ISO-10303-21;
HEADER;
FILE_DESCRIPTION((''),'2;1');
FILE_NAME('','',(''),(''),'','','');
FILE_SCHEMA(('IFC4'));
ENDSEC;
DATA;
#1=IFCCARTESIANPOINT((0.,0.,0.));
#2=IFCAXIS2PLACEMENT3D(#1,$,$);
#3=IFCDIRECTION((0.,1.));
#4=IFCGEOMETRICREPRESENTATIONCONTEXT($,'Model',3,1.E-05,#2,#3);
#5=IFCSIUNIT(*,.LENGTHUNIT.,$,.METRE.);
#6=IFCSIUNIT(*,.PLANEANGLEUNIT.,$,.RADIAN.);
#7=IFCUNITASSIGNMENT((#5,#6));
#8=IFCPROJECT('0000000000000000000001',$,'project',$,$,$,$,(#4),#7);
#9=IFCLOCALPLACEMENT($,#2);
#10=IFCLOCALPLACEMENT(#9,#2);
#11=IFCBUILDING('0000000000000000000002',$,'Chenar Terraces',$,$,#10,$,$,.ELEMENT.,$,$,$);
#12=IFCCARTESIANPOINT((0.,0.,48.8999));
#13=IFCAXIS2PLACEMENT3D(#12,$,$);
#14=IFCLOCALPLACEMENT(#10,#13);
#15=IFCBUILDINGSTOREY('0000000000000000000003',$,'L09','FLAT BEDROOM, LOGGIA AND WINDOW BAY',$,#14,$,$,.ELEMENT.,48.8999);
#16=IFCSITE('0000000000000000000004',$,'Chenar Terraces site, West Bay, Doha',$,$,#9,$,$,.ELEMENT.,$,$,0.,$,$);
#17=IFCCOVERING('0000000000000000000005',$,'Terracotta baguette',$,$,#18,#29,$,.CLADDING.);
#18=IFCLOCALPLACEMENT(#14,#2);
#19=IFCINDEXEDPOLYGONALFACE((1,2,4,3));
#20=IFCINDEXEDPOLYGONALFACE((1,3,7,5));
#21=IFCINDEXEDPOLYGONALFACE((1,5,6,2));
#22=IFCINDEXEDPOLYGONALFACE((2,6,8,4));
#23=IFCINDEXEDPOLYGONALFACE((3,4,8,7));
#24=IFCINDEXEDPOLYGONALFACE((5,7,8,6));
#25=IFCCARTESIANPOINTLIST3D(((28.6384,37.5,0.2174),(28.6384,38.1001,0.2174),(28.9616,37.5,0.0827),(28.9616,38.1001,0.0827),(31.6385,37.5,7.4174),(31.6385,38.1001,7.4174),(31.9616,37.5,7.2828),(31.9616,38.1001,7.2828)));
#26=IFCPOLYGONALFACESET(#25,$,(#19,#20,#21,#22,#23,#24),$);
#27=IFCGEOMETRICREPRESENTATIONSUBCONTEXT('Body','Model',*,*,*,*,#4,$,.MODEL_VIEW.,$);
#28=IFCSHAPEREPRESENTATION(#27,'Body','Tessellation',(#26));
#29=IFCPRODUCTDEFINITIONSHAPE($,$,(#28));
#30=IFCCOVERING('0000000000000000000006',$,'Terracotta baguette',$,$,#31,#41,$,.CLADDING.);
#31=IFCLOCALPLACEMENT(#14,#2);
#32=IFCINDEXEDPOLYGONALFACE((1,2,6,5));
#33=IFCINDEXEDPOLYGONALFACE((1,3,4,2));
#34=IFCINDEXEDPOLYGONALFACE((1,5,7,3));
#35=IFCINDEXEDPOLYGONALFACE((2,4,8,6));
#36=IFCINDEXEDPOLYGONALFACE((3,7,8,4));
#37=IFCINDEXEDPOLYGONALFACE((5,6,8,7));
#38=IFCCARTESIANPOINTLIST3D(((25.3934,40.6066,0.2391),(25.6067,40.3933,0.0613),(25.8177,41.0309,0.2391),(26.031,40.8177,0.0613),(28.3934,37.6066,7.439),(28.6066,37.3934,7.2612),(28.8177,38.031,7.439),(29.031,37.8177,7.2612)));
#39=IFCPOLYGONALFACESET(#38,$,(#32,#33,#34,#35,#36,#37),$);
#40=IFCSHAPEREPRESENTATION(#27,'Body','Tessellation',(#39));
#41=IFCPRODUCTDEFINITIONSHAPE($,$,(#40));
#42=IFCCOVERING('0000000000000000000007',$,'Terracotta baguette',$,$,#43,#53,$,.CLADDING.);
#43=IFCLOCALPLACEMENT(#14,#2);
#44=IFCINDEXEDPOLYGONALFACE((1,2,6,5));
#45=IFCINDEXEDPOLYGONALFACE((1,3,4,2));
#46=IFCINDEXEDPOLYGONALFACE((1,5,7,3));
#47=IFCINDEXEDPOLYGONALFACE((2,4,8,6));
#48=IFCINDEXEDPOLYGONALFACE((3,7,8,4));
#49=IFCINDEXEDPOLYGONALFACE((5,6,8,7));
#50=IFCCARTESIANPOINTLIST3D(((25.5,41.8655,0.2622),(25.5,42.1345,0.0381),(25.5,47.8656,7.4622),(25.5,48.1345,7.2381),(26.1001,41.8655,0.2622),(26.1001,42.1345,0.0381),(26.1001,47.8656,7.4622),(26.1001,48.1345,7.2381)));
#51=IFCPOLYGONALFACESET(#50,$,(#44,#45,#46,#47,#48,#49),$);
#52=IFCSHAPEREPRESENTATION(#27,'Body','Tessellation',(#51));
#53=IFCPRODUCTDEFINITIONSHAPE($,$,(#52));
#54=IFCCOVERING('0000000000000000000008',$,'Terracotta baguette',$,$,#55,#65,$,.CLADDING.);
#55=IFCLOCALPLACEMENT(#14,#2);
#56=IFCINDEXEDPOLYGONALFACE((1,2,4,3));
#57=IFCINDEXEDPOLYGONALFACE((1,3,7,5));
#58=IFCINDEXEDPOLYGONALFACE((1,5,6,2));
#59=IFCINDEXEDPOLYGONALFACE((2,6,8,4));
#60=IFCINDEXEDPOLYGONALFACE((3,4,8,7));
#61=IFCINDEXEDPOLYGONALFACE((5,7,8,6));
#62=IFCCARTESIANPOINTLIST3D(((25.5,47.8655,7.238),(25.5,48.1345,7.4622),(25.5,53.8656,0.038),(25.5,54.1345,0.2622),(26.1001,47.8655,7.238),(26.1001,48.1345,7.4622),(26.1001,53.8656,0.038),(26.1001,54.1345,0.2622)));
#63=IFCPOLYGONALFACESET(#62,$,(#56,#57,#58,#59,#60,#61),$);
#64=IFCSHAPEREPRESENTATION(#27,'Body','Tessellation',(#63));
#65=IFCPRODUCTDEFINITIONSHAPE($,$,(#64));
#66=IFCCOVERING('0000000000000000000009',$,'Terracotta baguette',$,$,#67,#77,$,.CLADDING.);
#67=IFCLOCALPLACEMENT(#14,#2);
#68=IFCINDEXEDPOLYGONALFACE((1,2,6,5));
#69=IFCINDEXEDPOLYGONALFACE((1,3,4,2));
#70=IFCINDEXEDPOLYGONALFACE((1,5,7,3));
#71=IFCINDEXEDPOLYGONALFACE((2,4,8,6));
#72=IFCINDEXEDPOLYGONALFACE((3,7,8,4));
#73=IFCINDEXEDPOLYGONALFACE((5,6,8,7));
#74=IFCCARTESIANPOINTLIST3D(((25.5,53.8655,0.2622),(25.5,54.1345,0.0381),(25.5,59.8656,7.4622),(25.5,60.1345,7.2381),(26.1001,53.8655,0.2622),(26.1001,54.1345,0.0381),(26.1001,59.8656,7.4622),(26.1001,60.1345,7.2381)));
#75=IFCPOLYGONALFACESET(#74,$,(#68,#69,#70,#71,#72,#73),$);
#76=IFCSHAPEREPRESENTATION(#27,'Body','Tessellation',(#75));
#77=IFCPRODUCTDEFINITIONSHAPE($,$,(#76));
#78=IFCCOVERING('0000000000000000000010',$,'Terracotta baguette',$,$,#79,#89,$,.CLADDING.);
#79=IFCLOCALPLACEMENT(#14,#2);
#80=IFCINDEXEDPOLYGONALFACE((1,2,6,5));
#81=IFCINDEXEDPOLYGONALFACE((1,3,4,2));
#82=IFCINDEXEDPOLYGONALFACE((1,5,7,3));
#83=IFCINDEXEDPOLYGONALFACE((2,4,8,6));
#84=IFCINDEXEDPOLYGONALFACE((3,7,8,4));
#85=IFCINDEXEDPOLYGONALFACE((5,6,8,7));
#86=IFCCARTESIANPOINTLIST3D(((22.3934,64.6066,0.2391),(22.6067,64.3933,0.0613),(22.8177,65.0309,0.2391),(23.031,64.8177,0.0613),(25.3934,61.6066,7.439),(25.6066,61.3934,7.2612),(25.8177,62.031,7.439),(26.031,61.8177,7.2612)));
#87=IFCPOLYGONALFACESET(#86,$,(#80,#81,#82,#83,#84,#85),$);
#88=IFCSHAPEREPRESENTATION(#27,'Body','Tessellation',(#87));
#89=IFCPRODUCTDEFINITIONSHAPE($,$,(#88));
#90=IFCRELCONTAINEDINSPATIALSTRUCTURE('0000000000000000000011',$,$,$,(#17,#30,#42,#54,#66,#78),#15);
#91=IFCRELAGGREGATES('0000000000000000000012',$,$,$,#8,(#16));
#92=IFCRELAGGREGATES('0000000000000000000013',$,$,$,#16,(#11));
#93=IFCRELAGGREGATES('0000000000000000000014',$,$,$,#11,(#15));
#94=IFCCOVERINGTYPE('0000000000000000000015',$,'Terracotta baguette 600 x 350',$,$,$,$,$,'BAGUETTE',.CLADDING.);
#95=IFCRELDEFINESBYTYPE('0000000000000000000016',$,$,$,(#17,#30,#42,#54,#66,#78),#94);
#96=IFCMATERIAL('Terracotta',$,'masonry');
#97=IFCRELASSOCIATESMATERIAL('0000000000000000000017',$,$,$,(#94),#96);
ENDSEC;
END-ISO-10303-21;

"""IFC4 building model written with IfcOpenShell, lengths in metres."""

from ifc_helpers import new_model, si_unit, direction, frame, origin, origin_2d, place, context, subcontext, project, spatial, rectangle, extrude, material, material_profile, profile_set, type_object, element, save


model = new_model("IFC4")

# Units and contexts
model_context = context("Model", 3, precision=1e-05, world=origin(), true_north=direction((0.0, 1.0)))
body_context = subcontext(model_context, "Body", "Model", "MODEL_VIEW")
ifc_project = project(units=[si_unit("LENGTHUNIT", "METRE"), si_unit("PLANEANGLEUNIT", "RADIAN")], contexts=[model_context])

# Site, building, storey
site_placement = place(None, origin())
site = spatial("IfcSite", under=ifc_project, at=site_placement, Name="Chenar Terraces site, West Bay, Doha", CompositionType="ELEMENT", RefElevation=0.0)
building_placement = place(site_placement, origin())
building = spatial("IfcBuilding", under=site, at=building_placement, Name="Chenar Terraces", CompositionType="ELEMENT")
storey_placement = place(building_placement, frame((0.0, 0.0, 48.8999)))
storey = spatial("IfcBuildingStorey", under=building, at=storey_placement, Name="L09", Description="FLAT BEDROOM, LOGGIA AND WINDOW BAY", CompositionType="ELEMENT", Elevation=48.8999)

# Coverings
ifc_material_1 = material(Name="Terracotta", Category="masonry")
ifc_material_profile_1 = material_profile(ifc_material_1, rectangle(XDim=0.6001, YDim=0.3501, at=origin_2d()), Name="Terracotta baguette 600 x 350")
ifc_profile_set_1 = profile_set([ifc_material_profile_1], Name="Terracotta")
covering_type = type_object("IfcCoveringType", Name="Terracotta baguette 600 x 350", ElementType="BAGUETTE", PredefinedType="CLADDING", material=ifc_profile_set_1)
covering_1_placement = place(storey_placement, frame((31.8, 37.8, 7.3501), z_axis=(-0.384618, 0.0, -0.923076), x_axis=(0.0, -1.0, 0.0)))
element("IfcCovering", 1, at=covering_1_placement, inside=storey, type_object=covering_type, Name="Terracotta baguette", PredefinedType="CLADDING", context=body_context, shape_type="SweptSolid", body=[
    extrude(rectangle(XDim=0.6001, YDim=0.3501, at=origin_2d()), origin(), (0.0, 0.0, 1.0), 7.8),
])
covering_2_placement = place(storey_placement, frame((28.7122, 37.7122, 7.3501), z_axis=(-0.358981, 0.358981, -0.861548), x_axis=(-0.707107, -0.707107, 0.0)))
element("IfcCovering", 2, at=covering_2_placement, inside=storey, type_object=covering_type, Name="Terracotta baguette", PredefinedType="CLADDING", context=body_context, shape_type="SweptSolid", body=[
    extrude(rectangle(XDim=0.6001, YDim=0.3501, at=origin_2d()), origin(), (0.0, 0.0, 1.0), 8.3569),
])
for number, where, z_axis, x_axis, name in (
    (3, (25.8, 42.0, 0.1501), (0.0, 0.640187, 0.768219), (-1.0, 0.0, 0.0), "Terracotta baguette"),
    (4, (25.8, 48.0, 7.3501), (0.0, 0.640187, -0.768219), (-1.0, 0.0, 0.0), "Terracotta baguette"),
    (5, (25.8, 54.0, 0.1501), (0.0, 0.640187, 0.768219), (-1.0, 0.0, 0.0), "Terracotta baguette"),
):
    element("IfcCovering", number, at=place(storey_placement, frame(where, z_axis=z_axis, x_axis=x_axis)), inside=storey, type_object=covering_type, Name=name, PredefinedType="CLADDING", context=body_context, shape_type="SweptSolid", body=[
        extrude(rectangle(XDim=0.6001, YDim=0.3501, at=origin_2d()), origin(), (0.0, 0.0, 1.0), 9.3723),
    ])
covering_3_placement = place(storey_placement, frame((25.7122, 61.7122, 7.3501), z_axis=(-0.358981, 0.358981, -0.861548), x_axis=(-0.707107, -0.707107, 0.0)))
element("IfcCovering", 6, at=covering_3_placement, inside=storey, type_object=covering_type, Name="Terracotta baguette", PredefinedType="CLADDING", context=body_context, shape_type="SweptSolid", body=[
    extrude(rectangle(XDim=0.6001, YDim=0.3501, at=origin_2d()), origin(), (0.0, 0.0, 1.0), 8.3569),
])

save(model, "model.ifc")
